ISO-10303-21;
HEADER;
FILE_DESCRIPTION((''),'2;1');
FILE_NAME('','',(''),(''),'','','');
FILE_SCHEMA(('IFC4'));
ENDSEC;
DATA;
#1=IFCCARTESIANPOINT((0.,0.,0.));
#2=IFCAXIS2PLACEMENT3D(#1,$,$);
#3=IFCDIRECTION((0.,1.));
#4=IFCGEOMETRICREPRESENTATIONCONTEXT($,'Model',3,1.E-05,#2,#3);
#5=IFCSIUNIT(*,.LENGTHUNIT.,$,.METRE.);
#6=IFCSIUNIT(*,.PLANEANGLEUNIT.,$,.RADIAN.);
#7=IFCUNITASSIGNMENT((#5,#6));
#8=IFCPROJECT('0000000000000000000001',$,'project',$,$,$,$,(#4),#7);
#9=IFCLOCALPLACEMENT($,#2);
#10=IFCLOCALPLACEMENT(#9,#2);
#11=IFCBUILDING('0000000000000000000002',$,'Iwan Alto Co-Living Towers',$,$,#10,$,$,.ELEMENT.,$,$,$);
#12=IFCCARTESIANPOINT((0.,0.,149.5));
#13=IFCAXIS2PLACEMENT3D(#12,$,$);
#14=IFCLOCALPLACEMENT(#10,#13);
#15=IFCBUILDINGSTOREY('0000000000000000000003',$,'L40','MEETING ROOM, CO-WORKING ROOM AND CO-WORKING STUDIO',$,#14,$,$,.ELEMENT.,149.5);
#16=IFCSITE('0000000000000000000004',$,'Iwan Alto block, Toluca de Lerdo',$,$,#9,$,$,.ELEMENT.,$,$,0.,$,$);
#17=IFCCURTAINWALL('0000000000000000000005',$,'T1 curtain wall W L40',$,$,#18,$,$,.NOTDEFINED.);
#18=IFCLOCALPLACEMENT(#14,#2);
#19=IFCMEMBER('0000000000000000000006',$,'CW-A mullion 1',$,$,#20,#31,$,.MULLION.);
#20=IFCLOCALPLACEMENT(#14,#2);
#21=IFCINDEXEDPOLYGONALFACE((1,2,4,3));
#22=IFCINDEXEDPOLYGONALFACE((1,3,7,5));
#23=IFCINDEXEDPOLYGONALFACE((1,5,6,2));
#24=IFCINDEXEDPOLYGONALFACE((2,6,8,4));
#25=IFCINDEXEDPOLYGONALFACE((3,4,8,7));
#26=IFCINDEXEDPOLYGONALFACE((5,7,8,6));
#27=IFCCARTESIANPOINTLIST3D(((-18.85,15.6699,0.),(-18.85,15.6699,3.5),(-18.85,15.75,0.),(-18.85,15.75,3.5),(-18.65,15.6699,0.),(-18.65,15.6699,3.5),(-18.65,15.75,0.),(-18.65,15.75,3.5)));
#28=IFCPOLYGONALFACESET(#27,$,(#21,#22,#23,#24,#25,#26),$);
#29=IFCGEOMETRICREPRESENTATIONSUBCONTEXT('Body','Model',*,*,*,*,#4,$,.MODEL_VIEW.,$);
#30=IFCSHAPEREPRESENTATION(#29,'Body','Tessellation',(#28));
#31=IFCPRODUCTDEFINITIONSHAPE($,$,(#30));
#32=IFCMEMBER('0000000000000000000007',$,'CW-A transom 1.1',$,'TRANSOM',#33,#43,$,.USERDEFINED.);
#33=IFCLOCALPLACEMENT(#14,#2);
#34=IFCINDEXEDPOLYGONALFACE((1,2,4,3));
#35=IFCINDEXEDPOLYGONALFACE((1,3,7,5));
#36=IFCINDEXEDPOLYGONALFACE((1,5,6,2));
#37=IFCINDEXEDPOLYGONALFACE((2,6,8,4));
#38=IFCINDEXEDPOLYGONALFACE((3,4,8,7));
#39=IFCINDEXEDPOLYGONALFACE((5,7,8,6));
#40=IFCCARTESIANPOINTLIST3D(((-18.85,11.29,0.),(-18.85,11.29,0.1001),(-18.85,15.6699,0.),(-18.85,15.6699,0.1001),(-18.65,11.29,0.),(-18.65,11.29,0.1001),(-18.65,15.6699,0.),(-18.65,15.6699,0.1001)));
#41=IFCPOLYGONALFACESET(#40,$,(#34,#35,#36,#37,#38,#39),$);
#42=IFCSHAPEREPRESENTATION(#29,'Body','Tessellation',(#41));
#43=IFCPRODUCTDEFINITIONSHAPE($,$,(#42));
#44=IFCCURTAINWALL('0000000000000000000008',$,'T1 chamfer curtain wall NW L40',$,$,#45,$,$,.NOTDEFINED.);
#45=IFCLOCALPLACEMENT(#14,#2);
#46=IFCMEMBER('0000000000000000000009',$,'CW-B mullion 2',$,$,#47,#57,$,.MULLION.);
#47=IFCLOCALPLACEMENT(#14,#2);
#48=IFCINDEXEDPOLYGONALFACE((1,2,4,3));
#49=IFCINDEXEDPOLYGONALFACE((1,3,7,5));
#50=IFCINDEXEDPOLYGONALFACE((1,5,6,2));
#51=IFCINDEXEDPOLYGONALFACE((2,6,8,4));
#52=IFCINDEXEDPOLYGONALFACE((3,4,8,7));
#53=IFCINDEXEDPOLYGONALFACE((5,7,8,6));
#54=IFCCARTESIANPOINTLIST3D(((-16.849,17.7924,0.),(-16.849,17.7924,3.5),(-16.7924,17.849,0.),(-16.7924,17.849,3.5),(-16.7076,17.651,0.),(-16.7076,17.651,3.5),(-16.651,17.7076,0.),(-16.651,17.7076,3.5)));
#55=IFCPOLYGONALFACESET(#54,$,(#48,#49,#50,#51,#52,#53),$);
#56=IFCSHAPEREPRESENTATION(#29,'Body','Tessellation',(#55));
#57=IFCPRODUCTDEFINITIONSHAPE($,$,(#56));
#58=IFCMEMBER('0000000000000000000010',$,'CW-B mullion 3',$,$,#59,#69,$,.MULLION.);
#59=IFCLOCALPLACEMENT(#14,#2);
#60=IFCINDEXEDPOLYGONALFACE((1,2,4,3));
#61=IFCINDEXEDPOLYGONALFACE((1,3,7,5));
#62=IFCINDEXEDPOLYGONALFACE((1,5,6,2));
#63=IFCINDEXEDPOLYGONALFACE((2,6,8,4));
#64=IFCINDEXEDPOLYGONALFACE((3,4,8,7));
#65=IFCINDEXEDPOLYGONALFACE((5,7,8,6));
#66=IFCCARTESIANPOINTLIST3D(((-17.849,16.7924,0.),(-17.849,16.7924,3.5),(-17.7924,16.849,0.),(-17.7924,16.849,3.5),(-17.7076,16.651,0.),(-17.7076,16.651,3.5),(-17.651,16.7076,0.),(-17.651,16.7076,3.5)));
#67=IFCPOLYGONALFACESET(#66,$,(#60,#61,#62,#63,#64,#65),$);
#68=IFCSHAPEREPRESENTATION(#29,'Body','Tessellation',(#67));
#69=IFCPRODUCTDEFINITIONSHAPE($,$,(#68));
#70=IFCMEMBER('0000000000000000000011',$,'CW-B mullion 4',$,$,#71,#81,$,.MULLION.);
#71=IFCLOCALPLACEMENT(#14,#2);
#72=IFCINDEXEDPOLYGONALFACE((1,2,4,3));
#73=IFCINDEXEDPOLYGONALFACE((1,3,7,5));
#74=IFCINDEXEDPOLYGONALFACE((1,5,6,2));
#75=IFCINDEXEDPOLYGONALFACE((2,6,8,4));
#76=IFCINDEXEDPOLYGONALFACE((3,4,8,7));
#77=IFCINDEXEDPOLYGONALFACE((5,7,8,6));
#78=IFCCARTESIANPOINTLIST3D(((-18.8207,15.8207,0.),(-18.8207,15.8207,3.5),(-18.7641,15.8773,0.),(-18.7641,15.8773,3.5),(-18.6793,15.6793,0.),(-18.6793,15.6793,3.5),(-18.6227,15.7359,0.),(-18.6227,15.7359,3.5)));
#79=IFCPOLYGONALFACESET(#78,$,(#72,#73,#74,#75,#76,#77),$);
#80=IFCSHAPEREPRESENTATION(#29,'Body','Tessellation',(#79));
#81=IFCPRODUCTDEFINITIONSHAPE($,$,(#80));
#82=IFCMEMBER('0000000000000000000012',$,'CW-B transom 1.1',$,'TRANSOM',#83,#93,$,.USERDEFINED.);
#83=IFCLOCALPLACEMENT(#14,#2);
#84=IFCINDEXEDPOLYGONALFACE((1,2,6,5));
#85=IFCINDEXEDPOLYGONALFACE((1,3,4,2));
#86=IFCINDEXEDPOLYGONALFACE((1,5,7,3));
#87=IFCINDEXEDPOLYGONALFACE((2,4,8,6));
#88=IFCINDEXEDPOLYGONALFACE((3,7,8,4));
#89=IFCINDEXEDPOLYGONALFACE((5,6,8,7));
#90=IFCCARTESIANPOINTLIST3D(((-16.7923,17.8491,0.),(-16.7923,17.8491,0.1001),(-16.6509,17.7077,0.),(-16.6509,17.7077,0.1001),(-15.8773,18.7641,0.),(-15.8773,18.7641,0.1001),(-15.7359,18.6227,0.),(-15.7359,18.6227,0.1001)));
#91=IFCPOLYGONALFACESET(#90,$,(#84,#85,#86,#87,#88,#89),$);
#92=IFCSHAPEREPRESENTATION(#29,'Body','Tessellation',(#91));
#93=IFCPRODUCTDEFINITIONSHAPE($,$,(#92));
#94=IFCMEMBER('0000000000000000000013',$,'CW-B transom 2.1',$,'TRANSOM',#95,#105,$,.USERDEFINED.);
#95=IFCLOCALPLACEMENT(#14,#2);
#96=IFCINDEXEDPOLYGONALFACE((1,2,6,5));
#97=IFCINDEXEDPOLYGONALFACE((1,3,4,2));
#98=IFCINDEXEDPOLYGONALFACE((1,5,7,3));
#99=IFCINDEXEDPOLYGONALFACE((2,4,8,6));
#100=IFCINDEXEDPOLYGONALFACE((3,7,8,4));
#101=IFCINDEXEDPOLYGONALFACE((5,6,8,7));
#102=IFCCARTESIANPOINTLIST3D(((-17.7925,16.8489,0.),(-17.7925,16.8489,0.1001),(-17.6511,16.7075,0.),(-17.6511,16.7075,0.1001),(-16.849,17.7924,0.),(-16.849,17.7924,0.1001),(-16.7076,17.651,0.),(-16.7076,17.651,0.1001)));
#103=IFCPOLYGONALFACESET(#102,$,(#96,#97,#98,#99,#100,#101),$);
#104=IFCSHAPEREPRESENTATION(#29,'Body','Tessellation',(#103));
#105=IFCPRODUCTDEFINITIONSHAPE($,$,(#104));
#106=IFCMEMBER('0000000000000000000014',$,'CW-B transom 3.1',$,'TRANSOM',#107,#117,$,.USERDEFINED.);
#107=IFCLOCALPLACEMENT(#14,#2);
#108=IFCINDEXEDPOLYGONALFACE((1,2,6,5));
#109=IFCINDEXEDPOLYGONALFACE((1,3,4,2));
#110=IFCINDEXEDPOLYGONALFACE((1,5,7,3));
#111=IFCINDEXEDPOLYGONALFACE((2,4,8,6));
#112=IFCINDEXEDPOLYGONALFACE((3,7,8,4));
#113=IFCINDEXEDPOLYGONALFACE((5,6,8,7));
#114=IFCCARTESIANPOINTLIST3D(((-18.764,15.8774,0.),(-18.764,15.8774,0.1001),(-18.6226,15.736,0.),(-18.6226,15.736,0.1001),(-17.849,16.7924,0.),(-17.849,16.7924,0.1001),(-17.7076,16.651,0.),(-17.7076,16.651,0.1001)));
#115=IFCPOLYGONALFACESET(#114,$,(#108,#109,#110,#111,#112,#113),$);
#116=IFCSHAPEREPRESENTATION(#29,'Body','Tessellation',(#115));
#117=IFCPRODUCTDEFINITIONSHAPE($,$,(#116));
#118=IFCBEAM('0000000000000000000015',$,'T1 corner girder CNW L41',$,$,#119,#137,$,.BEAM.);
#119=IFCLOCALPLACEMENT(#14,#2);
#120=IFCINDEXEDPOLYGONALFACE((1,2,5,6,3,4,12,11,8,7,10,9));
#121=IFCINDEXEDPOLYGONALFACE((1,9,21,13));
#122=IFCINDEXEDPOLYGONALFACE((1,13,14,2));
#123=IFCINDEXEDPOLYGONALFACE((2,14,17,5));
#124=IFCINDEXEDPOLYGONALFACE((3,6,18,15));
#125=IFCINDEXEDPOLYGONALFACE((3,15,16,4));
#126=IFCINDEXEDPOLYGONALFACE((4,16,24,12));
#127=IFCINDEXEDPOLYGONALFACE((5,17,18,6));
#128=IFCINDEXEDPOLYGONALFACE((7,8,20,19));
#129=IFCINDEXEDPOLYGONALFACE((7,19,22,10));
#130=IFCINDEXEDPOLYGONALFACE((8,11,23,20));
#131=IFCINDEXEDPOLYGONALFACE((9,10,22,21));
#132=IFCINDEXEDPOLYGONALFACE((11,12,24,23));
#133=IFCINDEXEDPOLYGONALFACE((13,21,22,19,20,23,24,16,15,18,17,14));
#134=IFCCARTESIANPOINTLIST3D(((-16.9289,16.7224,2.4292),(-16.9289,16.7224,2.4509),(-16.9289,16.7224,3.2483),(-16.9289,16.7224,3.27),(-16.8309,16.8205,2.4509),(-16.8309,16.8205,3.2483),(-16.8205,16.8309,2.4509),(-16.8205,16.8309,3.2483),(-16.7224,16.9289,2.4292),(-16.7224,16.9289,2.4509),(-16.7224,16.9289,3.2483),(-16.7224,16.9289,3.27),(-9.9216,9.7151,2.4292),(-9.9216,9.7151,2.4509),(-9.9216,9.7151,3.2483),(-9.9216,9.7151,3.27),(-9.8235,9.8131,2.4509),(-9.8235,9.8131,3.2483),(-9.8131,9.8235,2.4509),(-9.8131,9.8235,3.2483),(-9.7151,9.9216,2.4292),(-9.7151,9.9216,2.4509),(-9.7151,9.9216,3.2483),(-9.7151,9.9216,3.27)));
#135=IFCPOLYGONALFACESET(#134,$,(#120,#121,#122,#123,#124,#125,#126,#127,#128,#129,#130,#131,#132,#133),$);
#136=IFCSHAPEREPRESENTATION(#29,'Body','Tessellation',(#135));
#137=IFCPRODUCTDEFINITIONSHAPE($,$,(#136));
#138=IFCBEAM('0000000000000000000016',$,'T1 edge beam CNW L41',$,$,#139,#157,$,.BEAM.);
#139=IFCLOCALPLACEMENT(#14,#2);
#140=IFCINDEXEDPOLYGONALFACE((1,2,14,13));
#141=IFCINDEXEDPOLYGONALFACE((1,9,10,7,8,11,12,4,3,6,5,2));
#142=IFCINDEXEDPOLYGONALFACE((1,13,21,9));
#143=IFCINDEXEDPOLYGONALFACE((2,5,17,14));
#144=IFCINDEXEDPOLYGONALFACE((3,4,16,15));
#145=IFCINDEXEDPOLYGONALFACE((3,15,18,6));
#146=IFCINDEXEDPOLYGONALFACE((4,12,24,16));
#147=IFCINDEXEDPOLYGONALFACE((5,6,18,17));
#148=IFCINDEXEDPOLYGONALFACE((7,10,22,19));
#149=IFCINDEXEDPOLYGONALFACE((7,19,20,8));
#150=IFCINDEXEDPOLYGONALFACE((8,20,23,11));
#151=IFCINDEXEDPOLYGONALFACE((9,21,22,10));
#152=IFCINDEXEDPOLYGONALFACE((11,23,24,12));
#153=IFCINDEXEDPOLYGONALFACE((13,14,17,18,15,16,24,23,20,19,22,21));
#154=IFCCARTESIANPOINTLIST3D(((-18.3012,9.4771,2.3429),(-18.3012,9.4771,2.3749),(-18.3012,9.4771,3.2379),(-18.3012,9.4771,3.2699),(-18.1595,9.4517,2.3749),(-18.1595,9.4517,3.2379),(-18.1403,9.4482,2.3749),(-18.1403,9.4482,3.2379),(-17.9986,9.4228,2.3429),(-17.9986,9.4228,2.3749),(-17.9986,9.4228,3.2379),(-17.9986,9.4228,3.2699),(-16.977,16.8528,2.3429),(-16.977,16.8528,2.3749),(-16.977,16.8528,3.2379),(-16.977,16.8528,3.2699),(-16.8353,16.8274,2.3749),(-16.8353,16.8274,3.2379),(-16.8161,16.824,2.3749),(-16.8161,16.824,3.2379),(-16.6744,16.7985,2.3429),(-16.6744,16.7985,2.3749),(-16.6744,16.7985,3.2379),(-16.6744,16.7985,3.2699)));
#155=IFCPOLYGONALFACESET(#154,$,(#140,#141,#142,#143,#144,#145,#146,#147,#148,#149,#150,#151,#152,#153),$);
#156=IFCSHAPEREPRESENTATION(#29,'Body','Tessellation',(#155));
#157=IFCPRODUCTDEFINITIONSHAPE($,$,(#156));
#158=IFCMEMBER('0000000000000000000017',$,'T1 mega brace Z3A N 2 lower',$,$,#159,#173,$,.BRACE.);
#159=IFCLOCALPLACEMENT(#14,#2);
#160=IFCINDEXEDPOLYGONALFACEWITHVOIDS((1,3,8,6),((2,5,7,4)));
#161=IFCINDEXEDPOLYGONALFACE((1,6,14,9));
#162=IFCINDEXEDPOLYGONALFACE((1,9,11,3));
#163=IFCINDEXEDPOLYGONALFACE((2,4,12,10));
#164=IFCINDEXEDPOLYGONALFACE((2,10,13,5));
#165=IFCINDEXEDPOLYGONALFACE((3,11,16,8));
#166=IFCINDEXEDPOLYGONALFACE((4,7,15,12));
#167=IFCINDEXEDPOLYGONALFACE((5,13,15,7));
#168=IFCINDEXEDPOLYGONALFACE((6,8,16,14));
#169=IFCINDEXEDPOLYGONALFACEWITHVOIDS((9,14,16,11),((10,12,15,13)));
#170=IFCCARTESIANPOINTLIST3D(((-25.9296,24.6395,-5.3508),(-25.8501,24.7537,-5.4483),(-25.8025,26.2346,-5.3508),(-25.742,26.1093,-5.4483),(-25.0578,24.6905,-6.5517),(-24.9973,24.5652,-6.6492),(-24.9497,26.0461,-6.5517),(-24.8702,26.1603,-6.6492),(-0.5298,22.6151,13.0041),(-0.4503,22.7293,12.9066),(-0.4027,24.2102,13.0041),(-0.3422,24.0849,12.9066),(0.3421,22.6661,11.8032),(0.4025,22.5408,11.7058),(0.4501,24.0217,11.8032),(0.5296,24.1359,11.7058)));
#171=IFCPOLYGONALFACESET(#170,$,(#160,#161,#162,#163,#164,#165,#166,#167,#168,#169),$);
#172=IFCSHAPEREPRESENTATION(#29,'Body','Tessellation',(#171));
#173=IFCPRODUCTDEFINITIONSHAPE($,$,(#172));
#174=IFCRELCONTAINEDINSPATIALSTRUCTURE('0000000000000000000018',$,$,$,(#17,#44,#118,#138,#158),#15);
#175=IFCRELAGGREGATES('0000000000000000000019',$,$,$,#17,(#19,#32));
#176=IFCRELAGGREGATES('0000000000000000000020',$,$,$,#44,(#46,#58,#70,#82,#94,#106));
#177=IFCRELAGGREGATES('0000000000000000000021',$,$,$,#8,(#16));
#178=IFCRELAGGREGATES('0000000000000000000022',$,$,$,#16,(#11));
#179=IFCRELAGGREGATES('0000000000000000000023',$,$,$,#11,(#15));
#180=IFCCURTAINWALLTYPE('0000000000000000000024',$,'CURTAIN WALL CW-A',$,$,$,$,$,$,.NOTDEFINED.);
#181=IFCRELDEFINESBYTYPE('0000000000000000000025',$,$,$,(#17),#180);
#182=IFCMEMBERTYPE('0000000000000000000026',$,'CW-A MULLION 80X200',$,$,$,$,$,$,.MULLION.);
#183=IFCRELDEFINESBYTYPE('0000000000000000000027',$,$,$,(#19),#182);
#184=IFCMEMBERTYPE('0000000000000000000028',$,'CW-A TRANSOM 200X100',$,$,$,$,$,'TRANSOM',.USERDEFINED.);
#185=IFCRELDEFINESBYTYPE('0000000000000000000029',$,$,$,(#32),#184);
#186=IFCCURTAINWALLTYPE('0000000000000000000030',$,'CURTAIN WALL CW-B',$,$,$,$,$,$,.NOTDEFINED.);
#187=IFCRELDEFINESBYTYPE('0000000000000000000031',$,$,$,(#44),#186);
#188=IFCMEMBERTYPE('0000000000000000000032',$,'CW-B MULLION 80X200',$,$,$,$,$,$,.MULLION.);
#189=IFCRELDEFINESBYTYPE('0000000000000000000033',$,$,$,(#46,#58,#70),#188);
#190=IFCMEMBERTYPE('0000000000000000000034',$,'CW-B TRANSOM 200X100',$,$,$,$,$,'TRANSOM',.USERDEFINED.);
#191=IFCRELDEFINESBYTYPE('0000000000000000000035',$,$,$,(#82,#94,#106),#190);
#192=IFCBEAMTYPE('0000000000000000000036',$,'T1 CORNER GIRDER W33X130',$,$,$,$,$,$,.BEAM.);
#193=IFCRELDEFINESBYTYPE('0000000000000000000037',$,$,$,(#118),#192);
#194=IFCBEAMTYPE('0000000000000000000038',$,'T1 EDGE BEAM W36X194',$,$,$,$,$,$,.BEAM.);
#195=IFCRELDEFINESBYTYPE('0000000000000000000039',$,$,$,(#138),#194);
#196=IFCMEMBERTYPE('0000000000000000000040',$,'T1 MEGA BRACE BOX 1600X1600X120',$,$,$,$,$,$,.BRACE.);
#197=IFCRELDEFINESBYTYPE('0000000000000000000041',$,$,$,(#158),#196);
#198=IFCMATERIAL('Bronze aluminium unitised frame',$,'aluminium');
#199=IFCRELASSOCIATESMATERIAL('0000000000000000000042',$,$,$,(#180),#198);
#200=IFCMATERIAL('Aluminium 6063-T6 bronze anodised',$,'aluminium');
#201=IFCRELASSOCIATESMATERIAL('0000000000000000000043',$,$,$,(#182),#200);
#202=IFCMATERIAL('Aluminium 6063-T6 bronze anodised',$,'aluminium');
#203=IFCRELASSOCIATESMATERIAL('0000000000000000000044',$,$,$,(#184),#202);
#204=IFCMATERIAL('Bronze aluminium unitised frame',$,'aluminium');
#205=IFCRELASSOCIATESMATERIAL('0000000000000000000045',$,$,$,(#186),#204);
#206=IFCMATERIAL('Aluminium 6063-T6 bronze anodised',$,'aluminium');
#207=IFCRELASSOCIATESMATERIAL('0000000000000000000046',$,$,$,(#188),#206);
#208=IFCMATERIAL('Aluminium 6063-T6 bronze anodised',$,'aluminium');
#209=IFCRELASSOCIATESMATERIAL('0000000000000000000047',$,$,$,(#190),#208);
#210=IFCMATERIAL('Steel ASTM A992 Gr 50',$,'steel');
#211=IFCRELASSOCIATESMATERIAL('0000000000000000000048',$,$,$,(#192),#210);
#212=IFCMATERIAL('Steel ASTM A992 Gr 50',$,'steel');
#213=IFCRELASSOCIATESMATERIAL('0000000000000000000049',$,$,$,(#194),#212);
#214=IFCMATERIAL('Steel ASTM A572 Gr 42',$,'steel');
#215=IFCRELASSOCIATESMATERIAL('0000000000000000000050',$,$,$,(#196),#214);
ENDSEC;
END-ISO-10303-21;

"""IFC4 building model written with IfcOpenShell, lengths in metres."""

from ifc_helpers import new_model, si_unit, direction, frame, origin, origin_2d, place, context, subcontext, project, spatial, rectangle, hollow_rectangle, i_section, extrude, material, material_profile, profile_set, type_object, element, aggregate, save


model = new_model("IFC4")

# Units and contexts
model_context = context("Model", 3, precision=1e-05, world=origin(), true_north=direction((0.0, 1.0)))
body_context = subcontext(model_context, "Body", "Model", "MODEL_VIEW")
ifc_project = project(units=[si_unit("LENGTHUNIT", "METRE"), si_unit("PLANEANGLEUNIT", "RADIAN")], contexts=[model_context])

# Site, building, storey
site_placement = place(None, origin())
site = spatial("IfcSite", under=ifc_project, at=site_placement, Name="Iwan Alto block, Toluca de Lerdo", CompositionType="ELEMENT", RefElevation=0.0)
building_placement = place(site_placement, origin())
building = spatial("IfcBuilding", under=site, at=building_placement, Name="Iwan Alto Co-Living Towers", CompositionType="ELEMENT")
storey_placement = place(building_placement, frame((0.0, 0.0, 149.5)))
storey = spatial("IfcBuildingStorey", under=building, at=storey_placement, Name="L40", Description="MEETING ROOM, CO-WORKING ROOM AND CO-WORKING STUDIO", CompositionType="ELEMENT", Elevation=149.5)

# Curtain walls, members
ifc_material_1 = material(Name="Bronze aluminium unitised frame", Category="aluminium")
curtain_wall_type_1 = type_object("IfcCurtainWallType", Name="CURTAIN WALL CW-A", PredefinedType="NOTDEFINED", material=ifc_material_1)
curtain_wall_1_placement = place(storey_placement, origin())
curtain_wall_1 = element("IfcCurtainWall", 1, at=curtain_wall_1_placement, inside=storey, type_object=curtain_wall_type_1, Name="T1 curtain wall W L40", PredefinedType="NOTDEFINED")
ifc_material_2 = material(Name="Aluminium 6063-T6 bronze anodised", Category="aluminium")
ifc_material_profile_1 = material_profile(ifc_material_2, rectangle(XDim=0.2, YDim=0.0801, at=origin_2d()), Name="AL 80X200")
ifc_profile_set_1 = profile_set([ifc_material_profile_1], Name="Aluminium 6063-T6 bronze anodised")
member_type_1 = type_object("IfcMemberType", Name="CW-A MULLION 80X200", PredefinedType="MULLION", material=ifc_profile_set_1)
member_1_placement = place(storey_placement, frame((-18.75, 15.71, 0.0), z_axis=(0.0, 0.0, 1.0), x_axis=(1.0, 0.0, 0.0)))
member_1 = element("IfcMember", 2, at=member_1_placement, type_object=member_type_1, Name="CW-A mullion 1", PredefinedType="MULLION", context=body_context, shape_type="SweptSolid", body=[
    extrude(rectangle(XDim=0.2, YDim=0.0801, at=origin_2d()), origin(), (0.0, 0.0, 1.0), 3.5),
])
ifc_material_3 = material(Name="Aluminium 6063-T6 bronze anodised", Category="aluminium")
ifc_material_profile_2 = material_profile(ifc_material_3, rectangle(XDim=0.2, YDim=0.1001, at=origin_2d()), Name="AL 200X100")
ifc_profile_set_2 = profile_set([ifc_material_profile_2], Name="Aluminium 6063-T6 bronze anodised")
member_type_2 = type_object("IfcMemberType", Name="CW-A TRANSOM 200X100", ElementType="TRANSOM", PredefinedType="USERDEFINED", material=ifc_profile_set_2)
member_2_placement = place(storey_placement, frame((-18.75, 15.6699, 0.05), z_axis=(0.0, -1.0, 0.0), x_axis=(1.0, 0.0, 0.0)))
member_2 = element("IfcMember", 3, at=member_2_placement, type_object=member_type_2, Name="CW-A transom 1.1", ObjectType="TRANSOM", PredefinedType="USERDEFINED", context=body_context, shape_type="SweptSolid", body=[
    extrude(rectangle(XDim=0.2, YDim=0.1001, at=origin_2d()), origin(), (0.0, 0.0, 1.0), 4.3799),
])
aggregate(curtain_wall_1, [member_1, member_2])
ifc_material_4 = material(Name="Bronze aluminium unitised frame", Category="aluminium")
curtain_wall_type_2 = type_object("IfcCurtainWallType", Name="CURTAIN WALL CW-B", PredefinedType="NOTDEFINED", material=ifc_material_4)
curtain_wall_2_placement = place(storey_placement, origin())
curtain_wall_2 = element("IfcCurtainWall", 4, at=curtain_wall_2_placement, inside=storey, type_object=curtain_wall_type_2, Name="T1 chamfer curtain wall NW L40", PredefinedType="NOTDEFINED")
ifc_material_5 = material(Name="Aluminium 6063-T6 bronze anodised", Category="aluminium")
ifc_material_profile_3 = material_profile(ifc_material_5, rectangle(XDim=0.2, YDim=0.0801, at=origin_2d()), Name="AL 80X200")
ifc_profile_set_3 = profile_set([ifc_material_profile_3], Name="Aluminium 6063-T6 bronze anodised")
member_type_3 = type_object("IfcMemberType", Name="CW-B MULLION 80X200", PredefinedType="MULLION", material=ifc_profile_set_3)
member_3_placement = place(storey_placement, frame((-16.75, 17.75, 0.0), z_axis=(0.0, 0.0, 1.0), x_axis=(0.707107, -0.707107, 0.0)))
member_3 = element("IfcMember", 5, at=member_3_placement, type_object=member_type_3, Name="CW-B mullion 2", PredefinedType="MULLION", context=body_context, shape_type="SweptSolid", body=[
    extrude(rectangle(XDim=0.2, YDim=0.0801, at=origin_2d()), origin(), (0.0, 0.0, 1.0), 3.5),
])
member_4_placement = place(storey_placement, frame((-17.75, 16.75, 0.0), z_axis=(0.0, 0.0, 1.0), x_axis=(0.707107, -0.707107, 0.0)))
member_4 = element("IfcMember", 6, at=member_4_placement, type_object=member_type_3, Name="CW-B mullion 3", PredefinedType="MULLION", context=body_context, shape_type="SweptSolid", body=[
    extrude(rectangle(XDim=0.2, YDim=0.0801, at=origin_2d()), origin(), (0.0, 0.0, 1.0), 3.5),
])
member_5_placement = place(storey_placement, frame((-18.7217, 15.7783, 0.0), z_axis=(0.0, 0.0, 1.0), x_axis=(0.707107, -0.707107, 0.0)))
member_5 = element("IfcMember", 7, at=member_5_placement, type_object=member_type_3, Name="CW-B mullion 4", PredefinedType="MULLION", context=body_context, shape_type="SweptSolid", body=[
    extrude(rectangle(XDim=0.2, YDim=0.0801, at=origin_2d()), origin(), (0.0, 0.0, 1.0), 3.5),
])
ifc_material_6 = material(Name="Aluminium 6063-T6 bronze anodised", Category="aluminium")
ifc_material_profile_4 = material_profile(ifc_material_6, rectangle(XDim=0.2, YDim=0.1001, at=origin_2d()), Name="AL 200X100")
ifc_profile_set_4 = profile_set([ifc_material_profile_4], Name="Aluminium 6063-T6 bronze anodised")
member_type_4 = type_object("IfcMemberType", Name="CW-B TRANSOM 200X100", ElementType="TRANSOM", PredefinedType="USERDEFINED", material=ifc_profile_set_4)
member_6_placement = place(storey_placement, frame((-15.8066, 18.6934, 0.05), z_axis=(-0.707107, -0.707107, 0.0), x_axis=(0.707107, -0.707107, 0.0)))
member_6 = element("IfcMember", 8, at=member_6_placement, type_object=member_type_4, Name="CW-B transom 1.1", ObjectType="TRANSOM", PredefinedType="USERDEFINED", context=body_context, shape_type="SweptSolid", body=[
    extrude(rectangle(XDim=0.2, YDim=0.1001, at=origin_2d()), origin(), (0.0, 0.0, 1.0), 1.2939),
])
member_7_placement = place(storey_placement, frame((-16.7783, 17.7217, 0.05), z_axis=(-0.707107, -0.707107, 0.0), x_axis=(0.707107, -0.707107, 0.0)))
member_7 = element("IfcMember", 9, at=member_7_placement, type_object=member_type_4, Name="CW-B transom 2.1", ObjectType="TRANSOM", PredefinedType="USERDEFINED", context=body_context, shape_type="SweptSolid", body=[
    extrude(rectangle(XDim=0.2, YDim=0.1001, at=origin_2d()), origin(), (0.0, 0.0, 1.0), 1.3342),
])
member_8_placement = place(storey_placement, frame((-17.7783, 16.7217, 0.05), z_axis=(-0.707107, -0.707107, 0.0), x_axis=(0.707107, -0.707107, 0.0)))
member_8 = element("IfcMember", 10, at=member_8_placement, type_object=member_type_4, Name="CW-B transom 3.1", ObjectType="TRANSOM", PredefinedType="USERDEFINED", context=body_context, shape_type="SweptSolid", body=[
    extrude(rectangle(XDim=0.2, YDim=0.1001, at=origin_2d()), origin(), (0.0, 0.0, 1.0), 1.2939),
])

# Beams
ifc_material_7 = material(Name="Steel ASTM A992 Gr 50", Category="steel")
ifc_material_profile_5 = material_profile(ifc_material_7, i_section(OverallWidth=0.292, OverallDepth=0.8408, WebThickness=0.0146, FlangeThickness=0.0217, at=origin_2d()), Name="W33X130")
ifc_profile_set_5 = profile_set([ifc_material_profile_5], Name="Steel ASTM A992 Gr 50")
beam_type_1 = type_object("IfcBeamType", Name="T1 CORNER GIRDER W33X130", PredefinedType="BEAM", material=ifc_profile_set_5)
beam_1_placement = place(storey_placement, frame((-16.8257, 16.8257, 2.8496), z_axis=(0.707107, -0.707107, 0.0), x_axis=(0.707107, 0.707107, 0.0)))
element("IfcBeam", 11, at=beam_1_placement, inside=storey, type_object=beam_type_1, Name="T1 corner girder CNW L41", PredefinedType="BEAM", context=body_context, shape_type="SweptSolid", body=[
    extrude(i_section(OverallWidth=0.292, OverallDepth=0.8408, WebThickness=0.0146, FlangeThickness=0.0217, at=origin_2d()), origin(), (0.0, 0.0, 1.0), 9.9099),
])
ifc_material_8 = material(Name="Steel ASTM A992 Gr 50", Category="steel")
ifc_material_profile_6 = material_profile(ifc_material_8, i_section(OverallWidth=0.3074, OverallDepth=0.927, WebThickness=0.0195, FlangeThickness=0.032, at=origin_2d()), Name="W36X194")
ifc_profile_set_6 = profile_set([ifc_material_profile_6], Name="Steel ASTM A992 Gr 50")
beam_type_2 = type_object("IfcBeamType", Name="T1 EDGE BEAM W36X194", PredefinedType="BEAM", material=ifc_profile_set_6)
beam_2_placement = place(storey_placement, frame((-16.8257, 16.8257, 2.8064), z_axis=(-0.176712, -0.984263, 0.0), x_axis=(0.984263, -0.176712, 0.0)))
element("IfcBeam", 12, at=beam_2_placement, inside=storey, type_object=beam_type_2, Name="T1 edge beam CNW L41", PredefinedType="BEAM", context=body_context, shape_type="SweptSolid", body=[
    extrude(i_section(OverallWidth=0.3074, OverallDepth=0.927, WebThickness=0.0195, FlangeThickness=0.032, at=origin_2d()), origin(), (0.0, 0.0, 1.0), 7.4937),
])

# Member
ifc_material_9 = material(Name="Steel ASTM A572 Gr 42", Category="steel")
ifc_material_profile_7 = material_profile(ifc_material_9, hollow_rectangle(XDim=1.6001, YDim=1.6001, WallThickness=0.1201, at=origin_2d()), Name="BOX 1600X1600X120")
ifc_profile_set_7 = profile_set([ifc_material_profile_7], Name="Steel ASTM A572 Gr 42")
member_type_5 = type_object("IfcMemberType", Name="T1 MEGA BRACE BOX 1600X1600X120", PredefinedType="BRACE", material=ifc_profile_set_7)
for number, where, z_axis, x_axis, name in (
    (13, (-25.3999, 25.3999, -6.0), (0.808833, -0.064465, 0.584495), (0.07945, 0.996839, 0.0), "T1 mega brace Z3A N 2 lower"),
):
    element("IfcMember", number, at=place(storey_placement, frame(where, z_axis=z_axis, x_axis=x_axis)), inside=storey, type_object=member_type_5, Name=name, PredefinedType="BRACE", context=body_context, shape_type="SweptSolid", body=[
        extrude(hollow_rectangle(XDim=1.6001, YDim=1.6001, WallThickness=0.1201, at=origin_2d()), origin(), (0.0, 0.0, 1.0), 31.4031),
    ])

aggregate(curtain_wall_2, [member_3, member_4, member_5, member_6, member_7, member_8])

save(model, "model.ifc")
